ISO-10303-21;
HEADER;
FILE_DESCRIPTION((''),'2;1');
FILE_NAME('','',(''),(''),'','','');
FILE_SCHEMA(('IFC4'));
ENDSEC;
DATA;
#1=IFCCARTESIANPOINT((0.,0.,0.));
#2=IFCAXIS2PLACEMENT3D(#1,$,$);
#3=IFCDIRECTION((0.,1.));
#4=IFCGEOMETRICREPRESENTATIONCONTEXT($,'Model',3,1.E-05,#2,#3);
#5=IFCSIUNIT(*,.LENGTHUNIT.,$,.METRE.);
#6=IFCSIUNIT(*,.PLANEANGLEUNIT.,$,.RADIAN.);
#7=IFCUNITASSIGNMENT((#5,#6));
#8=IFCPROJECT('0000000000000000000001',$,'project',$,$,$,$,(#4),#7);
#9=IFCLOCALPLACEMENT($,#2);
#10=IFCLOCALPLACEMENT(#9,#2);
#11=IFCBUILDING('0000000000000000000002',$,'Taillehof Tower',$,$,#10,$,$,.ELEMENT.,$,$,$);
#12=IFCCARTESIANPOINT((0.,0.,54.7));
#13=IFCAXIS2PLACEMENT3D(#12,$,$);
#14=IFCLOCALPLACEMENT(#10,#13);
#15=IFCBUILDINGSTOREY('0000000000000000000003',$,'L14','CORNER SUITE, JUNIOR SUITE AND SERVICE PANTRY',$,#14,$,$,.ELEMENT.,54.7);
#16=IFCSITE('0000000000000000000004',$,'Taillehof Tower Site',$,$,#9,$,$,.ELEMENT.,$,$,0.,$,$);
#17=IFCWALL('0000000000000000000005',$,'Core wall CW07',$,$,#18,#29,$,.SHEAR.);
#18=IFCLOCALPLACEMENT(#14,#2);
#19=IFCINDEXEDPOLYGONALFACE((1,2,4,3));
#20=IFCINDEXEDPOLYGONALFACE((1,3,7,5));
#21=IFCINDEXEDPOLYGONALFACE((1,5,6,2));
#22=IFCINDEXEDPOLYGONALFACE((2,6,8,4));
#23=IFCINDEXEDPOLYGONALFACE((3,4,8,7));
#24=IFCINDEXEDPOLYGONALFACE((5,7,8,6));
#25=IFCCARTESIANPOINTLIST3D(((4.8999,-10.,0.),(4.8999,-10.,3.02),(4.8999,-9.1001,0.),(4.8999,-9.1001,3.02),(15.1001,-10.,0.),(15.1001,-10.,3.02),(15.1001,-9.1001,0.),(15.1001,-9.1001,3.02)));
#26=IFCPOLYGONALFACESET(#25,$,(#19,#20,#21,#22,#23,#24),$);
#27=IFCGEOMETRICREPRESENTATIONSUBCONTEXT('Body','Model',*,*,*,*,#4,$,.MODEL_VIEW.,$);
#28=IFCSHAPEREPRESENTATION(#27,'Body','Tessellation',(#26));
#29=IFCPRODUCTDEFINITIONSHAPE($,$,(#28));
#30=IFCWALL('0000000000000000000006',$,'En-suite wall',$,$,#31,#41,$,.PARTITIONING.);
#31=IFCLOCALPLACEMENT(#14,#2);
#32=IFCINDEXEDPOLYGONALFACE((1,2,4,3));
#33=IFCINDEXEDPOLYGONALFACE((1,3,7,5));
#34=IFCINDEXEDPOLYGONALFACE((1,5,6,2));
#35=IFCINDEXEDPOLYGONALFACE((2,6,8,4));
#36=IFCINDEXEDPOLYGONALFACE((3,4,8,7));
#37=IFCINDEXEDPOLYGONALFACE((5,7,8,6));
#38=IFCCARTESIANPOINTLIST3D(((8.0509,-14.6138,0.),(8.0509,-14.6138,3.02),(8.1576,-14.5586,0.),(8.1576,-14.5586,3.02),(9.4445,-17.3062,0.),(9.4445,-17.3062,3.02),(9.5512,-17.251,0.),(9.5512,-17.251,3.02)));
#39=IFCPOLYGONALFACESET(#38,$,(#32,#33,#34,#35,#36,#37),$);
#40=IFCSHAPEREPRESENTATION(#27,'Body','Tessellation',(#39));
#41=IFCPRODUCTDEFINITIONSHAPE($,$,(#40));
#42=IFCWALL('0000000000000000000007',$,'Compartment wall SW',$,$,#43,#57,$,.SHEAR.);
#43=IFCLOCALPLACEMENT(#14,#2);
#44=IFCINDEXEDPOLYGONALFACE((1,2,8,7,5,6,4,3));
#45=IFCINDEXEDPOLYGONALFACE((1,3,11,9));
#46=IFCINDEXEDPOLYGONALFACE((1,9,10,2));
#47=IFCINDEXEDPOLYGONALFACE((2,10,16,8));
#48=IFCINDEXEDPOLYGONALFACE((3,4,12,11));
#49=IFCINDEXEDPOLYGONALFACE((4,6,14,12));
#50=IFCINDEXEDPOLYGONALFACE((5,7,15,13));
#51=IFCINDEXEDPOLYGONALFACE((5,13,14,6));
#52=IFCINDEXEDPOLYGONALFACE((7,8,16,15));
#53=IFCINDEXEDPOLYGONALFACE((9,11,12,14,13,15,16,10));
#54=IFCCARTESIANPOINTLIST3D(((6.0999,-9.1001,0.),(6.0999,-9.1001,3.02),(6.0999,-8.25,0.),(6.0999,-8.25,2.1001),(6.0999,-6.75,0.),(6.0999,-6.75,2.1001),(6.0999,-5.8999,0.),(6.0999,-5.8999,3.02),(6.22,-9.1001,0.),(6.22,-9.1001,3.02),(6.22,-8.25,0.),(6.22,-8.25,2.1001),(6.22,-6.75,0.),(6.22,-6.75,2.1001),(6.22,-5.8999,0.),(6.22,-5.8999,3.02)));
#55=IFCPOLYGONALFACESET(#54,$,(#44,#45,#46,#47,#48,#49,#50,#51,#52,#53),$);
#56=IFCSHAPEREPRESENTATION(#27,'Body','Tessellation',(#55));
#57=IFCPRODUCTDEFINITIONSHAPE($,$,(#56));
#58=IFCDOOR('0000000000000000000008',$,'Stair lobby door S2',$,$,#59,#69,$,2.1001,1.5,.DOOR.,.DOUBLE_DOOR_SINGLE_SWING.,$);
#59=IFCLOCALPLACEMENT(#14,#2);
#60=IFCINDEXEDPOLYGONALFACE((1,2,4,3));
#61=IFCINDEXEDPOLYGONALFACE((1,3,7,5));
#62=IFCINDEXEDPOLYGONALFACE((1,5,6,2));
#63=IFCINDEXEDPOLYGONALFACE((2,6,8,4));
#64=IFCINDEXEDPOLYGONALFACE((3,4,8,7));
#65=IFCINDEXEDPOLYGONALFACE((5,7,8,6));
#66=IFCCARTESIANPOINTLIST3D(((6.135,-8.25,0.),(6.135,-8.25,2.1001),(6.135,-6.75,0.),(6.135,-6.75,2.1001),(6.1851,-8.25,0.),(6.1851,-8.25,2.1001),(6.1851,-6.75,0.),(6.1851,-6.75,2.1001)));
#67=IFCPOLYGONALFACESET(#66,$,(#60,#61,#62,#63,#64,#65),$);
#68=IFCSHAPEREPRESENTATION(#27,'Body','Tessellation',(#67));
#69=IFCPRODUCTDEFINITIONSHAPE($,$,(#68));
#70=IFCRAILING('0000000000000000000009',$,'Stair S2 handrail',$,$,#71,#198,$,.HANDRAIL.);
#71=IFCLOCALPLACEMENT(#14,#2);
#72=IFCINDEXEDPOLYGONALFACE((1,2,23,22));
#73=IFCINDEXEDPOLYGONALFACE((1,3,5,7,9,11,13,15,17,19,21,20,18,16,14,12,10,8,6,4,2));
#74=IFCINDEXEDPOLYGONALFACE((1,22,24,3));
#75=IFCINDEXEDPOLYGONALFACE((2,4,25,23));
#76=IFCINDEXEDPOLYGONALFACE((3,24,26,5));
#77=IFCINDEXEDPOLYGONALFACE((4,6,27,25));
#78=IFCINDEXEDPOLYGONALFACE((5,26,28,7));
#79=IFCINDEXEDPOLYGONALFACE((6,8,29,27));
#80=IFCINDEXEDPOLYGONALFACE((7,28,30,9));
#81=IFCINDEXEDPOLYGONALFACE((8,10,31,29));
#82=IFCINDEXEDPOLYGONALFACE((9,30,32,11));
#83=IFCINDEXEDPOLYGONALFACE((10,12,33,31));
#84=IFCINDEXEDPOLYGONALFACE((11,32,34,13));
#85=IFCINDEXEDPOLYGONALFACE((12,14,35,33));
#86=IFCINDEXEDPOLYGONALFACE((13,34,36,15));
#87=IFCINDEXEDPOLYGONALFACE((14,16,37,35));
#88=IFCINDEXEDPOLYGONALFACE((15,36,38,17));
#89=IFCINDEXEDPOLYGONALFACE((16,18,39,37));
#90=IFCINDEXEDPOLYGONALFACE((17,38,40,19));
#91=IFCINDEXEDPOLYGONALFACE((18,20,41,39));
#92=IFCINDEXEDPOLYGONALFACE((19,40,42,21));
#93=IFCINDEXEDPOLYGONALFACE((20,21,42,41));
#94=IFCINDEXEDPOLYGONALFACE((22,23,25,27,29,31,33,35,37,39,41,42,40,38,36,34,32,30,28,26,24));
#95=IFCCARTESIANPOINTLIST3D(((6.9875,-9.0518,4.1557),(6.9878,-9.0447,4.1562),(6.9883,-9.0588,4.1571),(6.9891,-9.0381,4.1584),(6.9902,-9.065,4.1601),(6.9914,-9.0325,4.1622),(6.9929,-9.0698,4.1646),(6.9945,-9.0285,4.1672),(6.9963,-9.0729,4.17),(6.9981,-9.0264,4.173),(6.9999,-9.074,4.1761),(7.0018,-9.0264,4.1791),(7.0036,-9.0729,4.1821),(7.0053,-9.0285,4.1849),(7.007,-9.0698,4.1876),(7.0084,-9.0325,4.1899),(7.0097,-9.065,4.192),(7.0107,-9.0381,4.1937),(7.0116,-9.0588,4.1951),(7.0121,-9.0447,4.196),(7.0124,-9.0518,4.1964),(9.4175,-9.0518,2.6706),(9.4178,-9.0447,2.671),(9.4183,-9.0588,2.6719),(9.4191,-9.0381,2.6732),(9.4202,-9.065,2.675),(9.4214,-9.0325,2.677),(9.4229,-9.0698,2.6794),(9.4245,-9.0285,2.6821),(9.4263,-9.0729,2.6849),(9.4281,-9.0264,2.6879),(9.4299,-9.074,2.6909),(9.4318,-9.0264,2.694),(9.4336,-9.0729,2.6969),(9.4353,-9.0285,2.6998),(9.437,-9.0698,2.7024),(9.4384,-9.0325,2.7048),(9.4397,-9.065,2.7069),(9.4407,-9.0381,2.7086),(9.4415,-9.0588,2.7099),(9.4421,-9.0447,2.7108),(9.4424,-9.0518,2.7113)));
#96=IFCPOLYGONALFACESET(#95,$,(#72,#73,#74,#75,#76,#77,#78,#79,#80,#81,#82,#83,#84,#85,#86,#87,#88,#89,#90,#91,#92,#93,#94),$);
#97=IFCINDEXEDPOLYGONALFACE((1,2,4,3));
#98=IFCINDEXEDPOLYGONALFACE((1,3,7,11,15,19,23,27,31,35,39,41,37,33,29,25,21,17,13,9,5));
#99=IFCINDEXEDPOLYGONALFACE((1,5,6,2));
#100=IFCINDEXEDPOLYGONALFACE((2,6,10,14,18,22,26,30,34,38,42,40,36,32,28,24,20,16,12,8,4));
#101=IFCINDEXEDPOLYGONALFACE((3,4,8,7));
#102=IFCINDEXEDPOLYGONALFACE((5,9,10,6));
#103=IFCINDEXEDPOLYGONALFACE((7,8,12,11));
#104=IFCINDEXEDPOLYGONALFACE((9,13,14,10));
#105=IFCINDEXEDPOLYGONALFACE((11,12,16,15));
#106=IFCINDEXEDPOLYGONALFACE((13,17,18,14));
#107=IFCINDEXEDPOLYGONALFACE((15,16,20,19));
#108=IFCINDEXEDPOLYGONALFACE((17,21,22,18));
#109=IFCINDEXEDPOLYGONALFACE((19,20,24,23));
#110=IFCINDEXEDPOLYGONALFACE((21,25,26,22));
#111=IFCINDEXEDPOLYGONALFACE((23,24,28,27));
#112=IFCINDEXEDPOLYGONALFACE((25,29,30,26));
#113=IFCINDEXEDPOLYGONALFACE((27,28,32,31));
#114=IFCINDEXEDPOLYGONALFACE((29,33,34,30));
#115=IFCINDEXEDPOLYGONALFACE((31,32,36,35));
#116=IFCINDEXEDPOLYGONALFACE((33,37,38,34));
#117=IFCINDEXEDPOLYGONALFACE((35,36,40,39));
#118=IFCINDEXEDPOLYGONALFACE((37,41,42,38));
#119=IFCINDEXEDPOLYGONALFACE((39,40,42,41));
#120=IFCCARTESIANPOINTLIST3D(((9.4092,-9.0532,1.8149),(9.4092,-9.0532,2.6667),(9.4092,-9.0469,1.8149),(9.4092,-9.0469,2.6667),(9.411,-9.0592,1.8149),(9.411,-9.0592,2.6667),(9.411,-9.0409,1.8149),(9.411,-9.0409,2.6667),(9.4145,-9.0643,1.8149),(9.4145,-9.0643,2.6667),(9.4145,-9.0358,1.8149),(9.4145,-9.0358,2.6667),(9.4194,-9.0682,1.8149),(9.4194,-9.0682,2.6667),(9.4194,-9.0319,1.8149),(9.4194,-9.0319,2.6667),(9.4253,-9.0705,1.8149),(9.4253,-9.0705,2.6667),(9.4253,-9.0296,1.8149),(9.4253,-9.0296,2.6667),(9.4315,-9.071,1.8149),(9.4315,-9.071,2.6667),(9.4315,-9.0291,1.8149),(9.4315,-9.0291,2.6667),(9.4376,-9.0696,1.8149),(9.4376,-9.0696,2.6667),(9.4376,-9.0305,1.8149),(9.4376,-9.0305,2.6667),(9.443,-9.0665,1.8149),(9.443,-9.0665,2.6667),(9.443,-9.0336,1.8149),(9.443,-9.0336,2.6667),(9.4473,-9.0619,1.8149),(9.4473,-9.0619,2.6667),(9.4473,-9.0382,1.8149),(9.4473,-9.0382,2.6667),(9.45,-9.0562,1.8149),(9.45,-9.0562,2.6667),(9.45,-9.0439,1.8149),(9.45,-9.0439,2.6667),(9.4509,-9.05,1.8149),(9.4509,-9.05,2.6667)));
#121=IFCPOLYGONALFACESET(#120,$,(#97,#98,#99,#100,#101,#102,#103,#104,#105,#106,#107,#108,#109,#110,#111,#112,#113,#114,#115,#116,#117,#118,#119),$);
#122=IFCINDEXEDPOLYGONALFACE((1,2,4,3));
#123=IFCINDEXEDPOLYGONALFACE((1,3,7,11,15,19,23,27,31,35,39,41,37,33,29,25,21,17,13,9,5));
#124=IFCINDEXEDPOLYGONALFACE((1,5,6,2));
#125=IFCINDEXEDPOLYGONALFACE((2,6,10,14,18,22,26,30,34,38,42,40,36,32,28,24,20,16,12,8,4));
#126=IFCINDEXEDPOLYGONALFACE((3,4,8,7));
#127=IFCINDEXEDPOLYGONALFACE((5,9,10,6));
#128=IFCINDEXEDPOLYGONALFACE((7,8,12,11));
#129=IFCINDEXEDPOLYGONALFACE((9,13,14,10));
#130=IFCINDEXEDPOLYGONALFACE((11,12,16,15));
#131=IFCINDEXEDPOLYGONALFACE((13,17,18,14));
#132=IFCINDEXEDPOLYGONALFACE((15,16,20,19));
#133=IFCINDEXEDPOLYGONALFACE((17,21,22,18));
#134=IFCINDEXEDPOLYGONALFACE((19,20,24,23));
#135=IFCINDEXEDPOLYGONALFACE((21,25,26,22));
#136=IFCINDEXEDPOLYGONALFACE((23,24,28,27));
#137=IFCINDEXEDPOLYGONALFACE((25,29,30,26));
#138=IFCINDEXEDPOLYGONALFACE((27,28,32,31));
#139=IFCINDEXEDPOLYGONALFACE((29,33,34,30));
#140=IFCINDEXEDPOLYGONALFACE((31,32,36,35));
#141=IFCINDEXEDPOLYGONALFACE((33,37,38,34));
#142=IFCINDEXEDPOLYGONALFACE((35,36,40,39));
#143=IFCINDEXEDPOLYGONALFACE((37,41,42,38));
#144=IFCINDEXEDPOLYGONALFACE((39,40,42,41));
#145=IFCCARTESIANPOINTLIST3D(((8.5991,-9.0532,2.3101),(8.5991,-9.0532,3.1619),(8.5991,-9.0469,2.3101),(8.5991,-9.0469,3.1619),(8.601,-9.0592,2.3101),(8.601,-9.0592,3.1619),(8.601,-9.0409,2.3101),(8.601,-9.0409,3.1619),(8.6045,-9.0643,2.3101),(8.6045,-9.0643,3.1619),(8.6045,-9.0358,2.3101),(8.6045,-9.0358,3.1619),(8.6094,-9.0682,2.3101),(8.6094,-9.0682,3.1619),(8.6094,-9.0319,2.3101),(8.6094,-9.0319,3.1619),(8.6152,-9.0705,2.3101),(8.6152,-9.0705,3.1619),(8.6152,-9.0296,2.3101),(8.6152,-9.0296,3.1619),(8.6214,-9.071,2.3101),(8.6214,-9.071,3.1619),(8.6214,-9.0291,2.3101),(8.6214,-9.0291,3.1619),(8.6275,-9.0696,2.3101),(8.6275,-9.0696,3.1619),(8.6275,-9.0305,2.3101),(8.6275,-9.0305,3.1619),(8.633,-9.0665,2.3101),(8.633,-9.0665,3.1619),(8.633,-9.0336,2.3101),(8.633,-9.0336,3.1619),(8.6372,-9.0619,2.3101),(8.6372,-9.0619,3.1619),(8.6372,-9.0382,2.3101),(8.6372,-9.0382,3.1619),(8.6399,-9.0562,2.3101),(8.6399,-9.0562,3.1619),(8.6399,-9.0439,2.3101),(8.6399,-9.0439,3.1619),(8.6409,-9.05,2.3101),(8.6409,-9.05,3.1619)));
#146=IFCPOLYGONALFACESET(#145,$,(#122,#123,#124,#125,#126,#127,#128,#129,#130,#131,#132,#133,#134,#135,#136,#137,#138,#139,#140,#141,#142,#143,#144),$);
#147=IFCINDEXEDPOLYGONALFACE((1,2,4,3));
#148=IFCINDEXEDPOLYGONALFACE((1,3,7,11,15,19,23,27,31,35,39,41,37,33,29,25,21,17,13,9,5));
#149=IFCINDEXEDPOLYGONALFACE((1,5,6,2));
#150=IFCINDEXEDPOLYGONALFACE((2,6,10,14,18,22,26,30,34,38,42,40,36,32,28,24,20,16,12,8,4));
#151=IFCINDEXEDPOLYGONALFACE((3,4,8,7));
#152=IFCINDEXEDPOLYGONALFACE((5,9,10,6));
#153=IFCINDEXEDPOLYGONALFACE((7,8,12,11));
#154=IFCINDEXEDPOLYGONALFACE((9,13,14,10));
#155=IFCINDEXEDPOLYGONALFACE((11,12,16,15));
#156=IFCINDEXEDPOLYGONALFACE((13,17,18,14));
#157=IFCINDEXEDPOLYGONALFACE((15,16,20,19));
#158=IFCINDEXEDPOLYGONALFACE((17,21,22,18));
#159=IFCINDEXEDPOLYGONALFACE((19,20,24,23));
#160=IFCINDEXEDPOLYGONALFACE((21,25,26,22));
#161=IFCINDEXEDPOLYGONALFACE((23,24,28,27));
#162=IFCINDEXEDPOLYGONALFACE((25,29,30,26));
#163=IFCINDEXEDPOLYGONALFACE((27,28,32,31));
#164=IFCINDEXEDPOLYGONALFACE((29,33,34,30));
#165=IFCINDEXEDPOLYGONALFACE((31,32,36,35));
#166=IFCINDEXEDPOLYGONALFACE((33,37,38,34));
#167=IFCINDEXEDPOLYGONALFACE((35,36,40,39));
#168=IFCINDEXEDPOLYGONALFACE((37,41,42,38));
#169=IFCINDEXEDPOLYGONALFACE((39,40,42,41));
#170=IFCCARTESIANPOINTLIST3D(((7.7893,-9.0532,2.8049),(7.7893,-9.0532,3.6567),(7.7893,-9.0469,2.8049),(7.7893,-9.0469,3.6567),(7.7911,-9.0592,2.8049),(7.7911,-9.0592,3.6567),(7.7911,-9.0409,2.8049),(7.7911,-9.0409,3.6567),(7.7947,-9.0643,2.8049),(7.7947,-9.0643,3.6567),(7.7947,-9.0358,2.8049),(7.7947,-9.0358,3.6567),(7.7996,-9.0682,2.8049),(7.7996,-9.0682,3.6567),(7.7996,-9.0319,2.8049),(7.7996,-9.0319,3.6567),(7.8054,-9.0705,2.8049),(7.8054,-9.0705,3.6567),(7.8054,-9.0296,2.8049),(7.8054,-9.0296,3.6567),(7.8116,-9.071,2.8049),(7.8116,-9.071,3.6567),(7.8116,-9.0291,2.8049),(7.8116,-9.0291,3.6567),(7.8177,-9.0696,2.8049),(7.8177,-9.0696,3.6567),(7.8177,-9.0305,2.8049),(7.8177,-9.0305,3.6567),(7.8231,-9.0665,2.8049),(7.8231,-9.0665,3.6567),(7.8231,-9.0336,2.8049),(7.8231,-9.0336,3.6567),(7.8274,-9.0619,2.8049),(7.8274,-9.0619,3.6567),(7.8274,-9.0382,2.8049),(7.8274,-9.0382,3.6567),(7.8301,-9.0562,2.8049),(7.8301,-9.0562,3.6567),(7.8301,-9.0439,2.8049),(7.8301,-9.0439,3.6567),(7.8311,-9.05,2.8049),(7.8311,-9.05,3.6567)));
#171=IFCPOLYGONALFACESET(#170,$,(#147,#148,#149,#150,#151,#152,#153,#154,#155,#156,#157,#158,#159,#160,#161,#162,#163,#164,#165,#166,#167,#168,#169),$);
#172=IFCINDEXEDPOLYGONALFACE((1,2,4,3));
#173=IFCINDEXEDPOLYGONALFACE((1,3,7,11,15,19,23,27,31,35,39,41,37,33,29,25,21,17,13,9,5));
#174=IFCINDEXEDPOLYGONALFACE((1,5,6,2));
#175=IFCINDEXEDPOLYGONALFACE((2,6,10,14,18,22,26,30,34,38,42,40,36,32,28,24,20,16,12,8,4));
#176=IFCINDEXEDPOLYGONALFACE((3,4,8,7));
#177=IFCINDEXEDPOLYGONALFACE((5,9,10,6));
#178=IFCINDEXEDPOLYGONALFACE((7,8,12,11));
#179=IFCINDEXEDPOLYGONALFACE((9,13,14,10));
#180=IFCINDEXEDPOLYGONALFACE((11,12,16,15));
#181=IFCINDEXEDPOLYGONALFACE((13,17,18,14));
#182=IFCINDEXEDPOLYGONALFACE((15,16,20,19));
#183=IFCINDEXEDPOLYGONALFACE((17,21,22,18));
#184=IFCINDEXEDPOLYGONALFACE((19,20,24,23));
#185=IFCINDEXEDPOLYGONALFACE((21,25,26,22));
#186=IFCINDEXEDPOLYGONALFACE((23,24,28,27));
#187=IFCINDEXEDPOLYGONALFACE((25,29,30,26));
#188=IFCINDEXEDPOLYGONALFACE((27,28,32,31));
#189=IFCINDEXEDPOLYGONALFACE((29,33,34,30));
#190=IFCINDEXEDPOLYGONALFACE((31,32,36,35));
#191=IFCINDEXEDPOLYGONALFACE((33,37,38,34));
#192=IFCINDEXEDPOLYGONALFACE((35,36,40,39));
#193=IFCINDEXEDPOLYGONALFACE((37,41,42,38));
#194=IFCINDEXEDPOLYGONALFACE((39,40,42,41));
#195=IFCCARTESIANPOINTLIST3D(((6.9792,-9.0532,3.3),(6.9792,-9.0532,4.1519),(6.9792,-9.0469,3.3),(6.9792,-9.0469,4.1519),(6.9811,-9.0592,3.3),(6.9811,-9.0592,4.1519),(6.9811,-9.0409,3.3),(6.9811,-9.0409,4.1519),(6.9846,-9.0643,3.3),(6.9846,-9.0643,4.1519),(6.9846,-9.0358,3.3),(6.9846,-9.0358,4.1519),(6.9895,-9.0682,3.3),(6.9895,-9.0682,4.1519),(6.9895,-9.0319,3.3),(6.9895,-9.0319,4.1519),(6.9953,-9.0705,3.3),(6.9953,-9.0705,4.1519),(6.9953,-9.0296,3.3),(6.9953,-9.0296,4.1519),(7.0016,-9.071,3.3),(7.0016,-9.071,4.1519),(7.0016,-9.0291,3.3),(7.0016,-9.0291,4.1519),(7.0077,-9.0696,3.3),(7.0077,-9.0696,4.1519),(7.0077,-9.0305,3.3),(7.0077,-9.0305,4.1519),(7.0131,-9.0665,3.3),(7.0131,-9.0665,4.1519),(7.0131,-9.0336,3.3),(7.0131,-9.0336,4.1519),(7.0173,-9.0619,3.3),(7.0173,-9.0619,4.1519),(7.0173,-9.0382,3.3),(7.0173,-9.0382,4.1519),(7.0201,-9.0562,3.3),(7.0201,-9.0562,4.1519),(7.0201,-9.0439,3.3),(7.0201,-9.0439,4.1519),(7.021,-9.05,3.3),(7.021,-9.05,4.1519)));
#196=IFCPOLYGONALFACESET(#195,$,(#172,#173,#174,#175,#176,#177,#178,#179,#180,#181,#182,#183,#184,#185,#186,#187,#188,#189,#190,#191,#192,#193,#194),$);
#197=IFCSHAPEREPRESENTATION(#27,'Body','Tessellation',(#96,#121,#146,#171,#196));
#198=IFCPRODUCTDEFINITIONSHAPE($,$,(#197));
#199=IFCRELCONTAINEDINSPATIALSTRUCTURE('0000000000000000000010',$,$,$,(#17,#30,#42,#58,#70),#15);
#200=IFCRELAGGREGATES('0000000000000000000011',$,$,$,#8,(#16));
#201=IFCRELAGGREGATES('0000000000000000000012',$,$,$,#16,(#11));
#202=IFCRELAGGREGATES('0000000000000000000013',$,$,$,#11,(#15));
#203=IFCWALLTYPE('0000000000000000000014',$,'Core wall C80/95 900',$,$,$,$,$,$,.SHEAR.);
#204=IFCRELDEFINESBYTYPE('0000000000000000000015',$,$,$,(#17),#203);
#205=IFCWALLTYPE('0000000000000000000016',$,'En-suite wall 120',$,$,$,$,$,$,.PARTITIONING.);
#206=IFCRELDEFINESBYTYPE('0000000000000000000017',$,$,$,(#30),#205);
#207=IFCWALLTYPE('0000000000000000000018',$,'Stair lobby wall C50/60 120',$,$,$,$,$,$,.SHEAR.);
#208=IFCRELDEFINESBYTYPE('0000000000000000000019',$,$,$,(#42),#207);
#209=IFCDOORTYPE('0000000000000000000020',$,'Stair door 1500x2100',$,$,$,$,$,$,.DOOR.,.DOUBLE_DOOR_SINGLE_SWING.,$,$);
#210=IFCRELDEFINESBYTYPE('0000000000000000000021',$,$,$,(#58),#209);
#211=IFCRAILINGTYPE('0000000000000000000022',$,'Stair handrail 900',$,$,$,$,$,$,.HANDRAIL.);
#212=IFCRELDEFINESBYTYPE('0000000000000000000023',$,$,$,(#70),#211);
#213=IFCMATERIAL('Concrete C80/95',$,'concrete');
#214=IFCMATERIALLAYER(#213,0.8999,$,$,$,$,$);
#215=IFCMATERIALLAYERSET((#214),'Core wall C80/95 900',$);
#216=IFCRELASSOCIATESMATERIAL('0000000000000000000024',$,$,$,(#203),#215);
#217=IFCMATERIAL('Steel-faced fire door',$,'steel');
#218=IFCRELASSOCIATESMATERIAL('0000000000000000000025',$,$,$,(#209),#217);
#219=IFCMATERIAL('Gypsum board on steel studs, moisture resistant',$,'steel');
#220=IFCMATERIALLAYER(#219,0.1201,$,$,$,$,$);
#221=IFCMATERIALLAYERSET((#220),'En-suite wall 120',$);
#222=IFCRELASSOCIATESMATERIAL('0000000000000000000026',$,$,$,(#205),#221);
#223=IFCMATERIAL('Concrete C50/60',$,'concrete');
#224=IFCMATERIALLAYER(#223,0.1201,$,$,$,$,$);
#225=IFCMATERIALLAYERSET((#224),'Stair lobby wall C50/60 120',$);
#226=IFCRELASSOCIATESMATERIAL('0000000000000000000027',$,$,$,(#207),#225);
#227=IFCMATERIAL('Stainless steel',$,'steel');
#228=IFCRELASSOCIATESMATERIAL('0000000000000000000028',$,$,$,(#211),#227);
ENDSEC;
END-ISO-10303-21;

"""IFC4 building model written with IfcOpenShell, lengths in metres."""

from ifc_helpers import new_model, si_unit, direction, frame, frame_2d, origin, origin_2d, place, context, subcontext, project, spatial, rectangle, circle, extrude, material, layer, layer_set, type_object, element, fill, save


model = new_model("IFC4")

# Units and contexts
model_context = context("Model", 3, precision=1e-05, world=origin(), true_north=direction((0.0, 1.0)))
body_context = subcontext(model_context, "Body", "Model", "MODEL_VIEW")
ifc_project = project(units=[si_unit("LENGTHUNIT", "METRE"), si_unit("PLANEANGLEUNIT", "RADIAN")], contexts=[model_context])

# Site, building, storey
site_placement = place(None, origin())
site = spatial("IfcSite", under=ifc_project, at=site_placement, Name="Taillehof Tower Site", CompositionType="ELEMENT", RefElevation=0.0)
building_placement = place(site_placement, origin())
building = spatial("IfcBuilding", under=site, at=building_placement, Name="Taillehof Tower", CompositionType="ELEMENT")
storey_placement = place(building_placement, frame((0.0, 0.0, 54.7)))
storey = spatial("IfcBuildingStorey", under=building, at=storey_placement, Name="L14", Description="CORNER SUITE, JUNIOR SUITE AND SERVICE PANTRY", CompositionType="ELEMENT", Elevation=54.7)

# Shared definitions
ifc_material_1 = material(Name="Concrete C80/95", Category="concrete")
ifc_layer_1 = layer(ifc_material_1, 0.8999)
ifc_layer_set_1 = layer_set([ifc_layer_1], Name="Core wall C80/95 900")
wall_type_1 = type_object("IfcWallType", Name="Core wall C80/95 900", PredefinedType="SHEAR", material=ifc_layer_set_1)
ifc_material_2 = material(Name="Steel-faced fire door", Category="steel")
door_type_1 = type_object("IfcDoorType", Name="Stair door 1500x2100", OperationType="DOUBLE_DOOR_SINGLE_SWING", PredefinedType="DOOR", material=ifc_material_2)

# Walls
wall_1_placement = place(storey_placement, frame((4.8999, -9.55, 0.0), z_axis=(0.0, 0.0, 1.0), x_axis=(1.0, 0.0, 0.0)))
element("IfcWall", 1, at=wall_1_placement, inside=storey, type_object=wall_type_1, Name="Core wall CW07", PredefinedType="SHEAR", context=body_context, shape_type="SweptSolid", body=[
    extrude(rectangle(XDim=10.2002, YDim=0.8999, at=frame_2d((5.1001, 0.0))), origin(), (0.0, 0.0, 1.0), 3.02),
])
ifc_material_3 = material(Name="Gypsum board on steel studs, moisture resistant", Category="steel")
ifc_layer_2 = layer(ifc_material_3, 0.1201)
ifc_layer_set_2 = layer_set([ifc_layer_2], Name="En-suite wall 120")
wall_type_2 = type_object("IfcWallType", Name="En-suite wall 120", PredefinedType="PARTITIONING", material=ifc_layer_set_2)
wall_2_placement = place(storey_placement, frame((8.1042, -14.5862, 0.0), z_axis=(0.0, 0.0, 1.0), x_axis=(0.459668, -0.888091, 0.0)))
element("IfcWall", 2, at=wall_2_placement, inside=storey, type_object=wall_type_2, Name="En-suite wall", PredefinedType="PARTITIONING", context=body_context, shape_type="SweptSolid", body=[
    extrude(rectangle(XDim=3.0317, YDim=0.1201, at=frame_2d((1.5159, 0.0))), origin(), (0.0, 0.0, 1.0), 3.02),
])

# Wall, opening, door
ifc_material_4 = material(Name="Concrete C50/60", Category="concrete")
ifc_layer_3 = layer(ifc_material_4, 0.1201)
ifc_layer_set_3 = layer_set([ifc_layer_3], Name="Stair lobby wall C50/60 120")
wall_type_3 = type_object("IfcWallType", Name="Stair lobby wall C50/60 120", PredefinedType="SHEAR", material=ifc_layer_set_3)
wall_3_placement = place(storey_placement, frame((6.1599, -9.1001, 0.0), z_axis=(0.0, 0.0, 1.0), x_axis=(0.0, 1.0, 0.0)))
wall_3 = element("IfcWall", 3, at=wall_3_placement, inside=storey, type_object=wall_type_3, Name="Compartment wall SW", PredefinedType="SHEAR", context=body_context, shape_type="SweptSolid", body=[
    extrude(rectangle(XDim=3.2002, YDim=0.1201, at=frame_2d((1.6001, 0.0))), origin(), (0.0, 0.0, 1.0), 3.02),
])
opening_1_placement = place(wall_3_placement, frame((0.8501, 0.0, 0.0)))
opening_1 = element("IfcOpeningElement", 4, at=opening_1_placement, cuts=wall_3, PredefinedType="OPENING", context=body_context, shape_type="SweptSolid", body=[
    extrude(rectangle(XDim=1.5, YDim=2.1001, at=frame_2d((0.75, 1.05))), frame((0.0, 0.0701, 0.0), z_axis=(0.0, -1.0, 0.0), x_axis=(1.0, 0.0, 0.0)), (0.0, 0.0, 1.0), 0.1401),
])
door_1_placement = place(opening_1_placement, origin())
door_1 = element("IfcDoor", 5, at=door_1_placement, inside=storey, type_object=door_type_1, Name="Stair lobby door S2", OperationType="DOUBLE_DOOR_SINGLE_SWING", OverallHeight=2.1001, OverallWidth=1.5, PredefinedType="DOOR", context=body_context, shape_type="SweptSolid", body=[
    extrude(rectangle(XDim=1.5, YDim=2.1001, at=frame_2d((0.75, 1.05))), frame((0.0, 0.0249, 0.0), z_axis=(0.0, -1.0, 0.0), x_axis=(1.0, 0.0, 0.0)), (0.0, 0.0, 1.0), 0.05),
])
fill(opening_1, door_1)

# Railing
ifc_material_5 = material(Name="Stainless steel", Category="steel")
railing_type = type_object("IfcRailingType", Name="Stair handrail 900", PredefinedType="HANDRAIL", material=ifc_material_5)
railing_placement = place(storey_placement, frame((9.4299, -9.05, 1.8149)))
element("IfcRailing", 6, at=railing_placement, inside=storey, type_object=railing_type, Name="Stair S2 handrail", PredefinedType="HANDRAIL", context=body_context, shape_type="SweptSolid", body=[
    extrude(circle(Radius=0.0239, at=origin_2d()), frame((0.0, 0.0, 0.876), z_axis=(-0.853259, 0.0, 0.521488), x_axis=(0.0, -1.0, 0.0)), (0.0, 0.0, 1.0), 2.8479),
    extrude(circle(Radius=0.021, at=origin_2d()), origin(), (0.0, 0.0, 1.0), 0.8518),
    extrude(circle(Radius=0.021, at=origin_2d()), frame((-0.8101, 0.0, 0.4951)), (0.0, 0.0, 1.0), 0.8518),
    extrude(circle(Radius=0.021, at=origin_2d()), frame((-1.6199, 0.0, 0.99)), (0.0, 0.0, 1.0), 0.8518),
    extrude(circle(Radius=0.021, at=origin_2d()), frame((-2.4299, 0.0, 1.4851)), (0.0, 0.0, 1.0), 0.8518),
])

save(model, "model.ifc")
